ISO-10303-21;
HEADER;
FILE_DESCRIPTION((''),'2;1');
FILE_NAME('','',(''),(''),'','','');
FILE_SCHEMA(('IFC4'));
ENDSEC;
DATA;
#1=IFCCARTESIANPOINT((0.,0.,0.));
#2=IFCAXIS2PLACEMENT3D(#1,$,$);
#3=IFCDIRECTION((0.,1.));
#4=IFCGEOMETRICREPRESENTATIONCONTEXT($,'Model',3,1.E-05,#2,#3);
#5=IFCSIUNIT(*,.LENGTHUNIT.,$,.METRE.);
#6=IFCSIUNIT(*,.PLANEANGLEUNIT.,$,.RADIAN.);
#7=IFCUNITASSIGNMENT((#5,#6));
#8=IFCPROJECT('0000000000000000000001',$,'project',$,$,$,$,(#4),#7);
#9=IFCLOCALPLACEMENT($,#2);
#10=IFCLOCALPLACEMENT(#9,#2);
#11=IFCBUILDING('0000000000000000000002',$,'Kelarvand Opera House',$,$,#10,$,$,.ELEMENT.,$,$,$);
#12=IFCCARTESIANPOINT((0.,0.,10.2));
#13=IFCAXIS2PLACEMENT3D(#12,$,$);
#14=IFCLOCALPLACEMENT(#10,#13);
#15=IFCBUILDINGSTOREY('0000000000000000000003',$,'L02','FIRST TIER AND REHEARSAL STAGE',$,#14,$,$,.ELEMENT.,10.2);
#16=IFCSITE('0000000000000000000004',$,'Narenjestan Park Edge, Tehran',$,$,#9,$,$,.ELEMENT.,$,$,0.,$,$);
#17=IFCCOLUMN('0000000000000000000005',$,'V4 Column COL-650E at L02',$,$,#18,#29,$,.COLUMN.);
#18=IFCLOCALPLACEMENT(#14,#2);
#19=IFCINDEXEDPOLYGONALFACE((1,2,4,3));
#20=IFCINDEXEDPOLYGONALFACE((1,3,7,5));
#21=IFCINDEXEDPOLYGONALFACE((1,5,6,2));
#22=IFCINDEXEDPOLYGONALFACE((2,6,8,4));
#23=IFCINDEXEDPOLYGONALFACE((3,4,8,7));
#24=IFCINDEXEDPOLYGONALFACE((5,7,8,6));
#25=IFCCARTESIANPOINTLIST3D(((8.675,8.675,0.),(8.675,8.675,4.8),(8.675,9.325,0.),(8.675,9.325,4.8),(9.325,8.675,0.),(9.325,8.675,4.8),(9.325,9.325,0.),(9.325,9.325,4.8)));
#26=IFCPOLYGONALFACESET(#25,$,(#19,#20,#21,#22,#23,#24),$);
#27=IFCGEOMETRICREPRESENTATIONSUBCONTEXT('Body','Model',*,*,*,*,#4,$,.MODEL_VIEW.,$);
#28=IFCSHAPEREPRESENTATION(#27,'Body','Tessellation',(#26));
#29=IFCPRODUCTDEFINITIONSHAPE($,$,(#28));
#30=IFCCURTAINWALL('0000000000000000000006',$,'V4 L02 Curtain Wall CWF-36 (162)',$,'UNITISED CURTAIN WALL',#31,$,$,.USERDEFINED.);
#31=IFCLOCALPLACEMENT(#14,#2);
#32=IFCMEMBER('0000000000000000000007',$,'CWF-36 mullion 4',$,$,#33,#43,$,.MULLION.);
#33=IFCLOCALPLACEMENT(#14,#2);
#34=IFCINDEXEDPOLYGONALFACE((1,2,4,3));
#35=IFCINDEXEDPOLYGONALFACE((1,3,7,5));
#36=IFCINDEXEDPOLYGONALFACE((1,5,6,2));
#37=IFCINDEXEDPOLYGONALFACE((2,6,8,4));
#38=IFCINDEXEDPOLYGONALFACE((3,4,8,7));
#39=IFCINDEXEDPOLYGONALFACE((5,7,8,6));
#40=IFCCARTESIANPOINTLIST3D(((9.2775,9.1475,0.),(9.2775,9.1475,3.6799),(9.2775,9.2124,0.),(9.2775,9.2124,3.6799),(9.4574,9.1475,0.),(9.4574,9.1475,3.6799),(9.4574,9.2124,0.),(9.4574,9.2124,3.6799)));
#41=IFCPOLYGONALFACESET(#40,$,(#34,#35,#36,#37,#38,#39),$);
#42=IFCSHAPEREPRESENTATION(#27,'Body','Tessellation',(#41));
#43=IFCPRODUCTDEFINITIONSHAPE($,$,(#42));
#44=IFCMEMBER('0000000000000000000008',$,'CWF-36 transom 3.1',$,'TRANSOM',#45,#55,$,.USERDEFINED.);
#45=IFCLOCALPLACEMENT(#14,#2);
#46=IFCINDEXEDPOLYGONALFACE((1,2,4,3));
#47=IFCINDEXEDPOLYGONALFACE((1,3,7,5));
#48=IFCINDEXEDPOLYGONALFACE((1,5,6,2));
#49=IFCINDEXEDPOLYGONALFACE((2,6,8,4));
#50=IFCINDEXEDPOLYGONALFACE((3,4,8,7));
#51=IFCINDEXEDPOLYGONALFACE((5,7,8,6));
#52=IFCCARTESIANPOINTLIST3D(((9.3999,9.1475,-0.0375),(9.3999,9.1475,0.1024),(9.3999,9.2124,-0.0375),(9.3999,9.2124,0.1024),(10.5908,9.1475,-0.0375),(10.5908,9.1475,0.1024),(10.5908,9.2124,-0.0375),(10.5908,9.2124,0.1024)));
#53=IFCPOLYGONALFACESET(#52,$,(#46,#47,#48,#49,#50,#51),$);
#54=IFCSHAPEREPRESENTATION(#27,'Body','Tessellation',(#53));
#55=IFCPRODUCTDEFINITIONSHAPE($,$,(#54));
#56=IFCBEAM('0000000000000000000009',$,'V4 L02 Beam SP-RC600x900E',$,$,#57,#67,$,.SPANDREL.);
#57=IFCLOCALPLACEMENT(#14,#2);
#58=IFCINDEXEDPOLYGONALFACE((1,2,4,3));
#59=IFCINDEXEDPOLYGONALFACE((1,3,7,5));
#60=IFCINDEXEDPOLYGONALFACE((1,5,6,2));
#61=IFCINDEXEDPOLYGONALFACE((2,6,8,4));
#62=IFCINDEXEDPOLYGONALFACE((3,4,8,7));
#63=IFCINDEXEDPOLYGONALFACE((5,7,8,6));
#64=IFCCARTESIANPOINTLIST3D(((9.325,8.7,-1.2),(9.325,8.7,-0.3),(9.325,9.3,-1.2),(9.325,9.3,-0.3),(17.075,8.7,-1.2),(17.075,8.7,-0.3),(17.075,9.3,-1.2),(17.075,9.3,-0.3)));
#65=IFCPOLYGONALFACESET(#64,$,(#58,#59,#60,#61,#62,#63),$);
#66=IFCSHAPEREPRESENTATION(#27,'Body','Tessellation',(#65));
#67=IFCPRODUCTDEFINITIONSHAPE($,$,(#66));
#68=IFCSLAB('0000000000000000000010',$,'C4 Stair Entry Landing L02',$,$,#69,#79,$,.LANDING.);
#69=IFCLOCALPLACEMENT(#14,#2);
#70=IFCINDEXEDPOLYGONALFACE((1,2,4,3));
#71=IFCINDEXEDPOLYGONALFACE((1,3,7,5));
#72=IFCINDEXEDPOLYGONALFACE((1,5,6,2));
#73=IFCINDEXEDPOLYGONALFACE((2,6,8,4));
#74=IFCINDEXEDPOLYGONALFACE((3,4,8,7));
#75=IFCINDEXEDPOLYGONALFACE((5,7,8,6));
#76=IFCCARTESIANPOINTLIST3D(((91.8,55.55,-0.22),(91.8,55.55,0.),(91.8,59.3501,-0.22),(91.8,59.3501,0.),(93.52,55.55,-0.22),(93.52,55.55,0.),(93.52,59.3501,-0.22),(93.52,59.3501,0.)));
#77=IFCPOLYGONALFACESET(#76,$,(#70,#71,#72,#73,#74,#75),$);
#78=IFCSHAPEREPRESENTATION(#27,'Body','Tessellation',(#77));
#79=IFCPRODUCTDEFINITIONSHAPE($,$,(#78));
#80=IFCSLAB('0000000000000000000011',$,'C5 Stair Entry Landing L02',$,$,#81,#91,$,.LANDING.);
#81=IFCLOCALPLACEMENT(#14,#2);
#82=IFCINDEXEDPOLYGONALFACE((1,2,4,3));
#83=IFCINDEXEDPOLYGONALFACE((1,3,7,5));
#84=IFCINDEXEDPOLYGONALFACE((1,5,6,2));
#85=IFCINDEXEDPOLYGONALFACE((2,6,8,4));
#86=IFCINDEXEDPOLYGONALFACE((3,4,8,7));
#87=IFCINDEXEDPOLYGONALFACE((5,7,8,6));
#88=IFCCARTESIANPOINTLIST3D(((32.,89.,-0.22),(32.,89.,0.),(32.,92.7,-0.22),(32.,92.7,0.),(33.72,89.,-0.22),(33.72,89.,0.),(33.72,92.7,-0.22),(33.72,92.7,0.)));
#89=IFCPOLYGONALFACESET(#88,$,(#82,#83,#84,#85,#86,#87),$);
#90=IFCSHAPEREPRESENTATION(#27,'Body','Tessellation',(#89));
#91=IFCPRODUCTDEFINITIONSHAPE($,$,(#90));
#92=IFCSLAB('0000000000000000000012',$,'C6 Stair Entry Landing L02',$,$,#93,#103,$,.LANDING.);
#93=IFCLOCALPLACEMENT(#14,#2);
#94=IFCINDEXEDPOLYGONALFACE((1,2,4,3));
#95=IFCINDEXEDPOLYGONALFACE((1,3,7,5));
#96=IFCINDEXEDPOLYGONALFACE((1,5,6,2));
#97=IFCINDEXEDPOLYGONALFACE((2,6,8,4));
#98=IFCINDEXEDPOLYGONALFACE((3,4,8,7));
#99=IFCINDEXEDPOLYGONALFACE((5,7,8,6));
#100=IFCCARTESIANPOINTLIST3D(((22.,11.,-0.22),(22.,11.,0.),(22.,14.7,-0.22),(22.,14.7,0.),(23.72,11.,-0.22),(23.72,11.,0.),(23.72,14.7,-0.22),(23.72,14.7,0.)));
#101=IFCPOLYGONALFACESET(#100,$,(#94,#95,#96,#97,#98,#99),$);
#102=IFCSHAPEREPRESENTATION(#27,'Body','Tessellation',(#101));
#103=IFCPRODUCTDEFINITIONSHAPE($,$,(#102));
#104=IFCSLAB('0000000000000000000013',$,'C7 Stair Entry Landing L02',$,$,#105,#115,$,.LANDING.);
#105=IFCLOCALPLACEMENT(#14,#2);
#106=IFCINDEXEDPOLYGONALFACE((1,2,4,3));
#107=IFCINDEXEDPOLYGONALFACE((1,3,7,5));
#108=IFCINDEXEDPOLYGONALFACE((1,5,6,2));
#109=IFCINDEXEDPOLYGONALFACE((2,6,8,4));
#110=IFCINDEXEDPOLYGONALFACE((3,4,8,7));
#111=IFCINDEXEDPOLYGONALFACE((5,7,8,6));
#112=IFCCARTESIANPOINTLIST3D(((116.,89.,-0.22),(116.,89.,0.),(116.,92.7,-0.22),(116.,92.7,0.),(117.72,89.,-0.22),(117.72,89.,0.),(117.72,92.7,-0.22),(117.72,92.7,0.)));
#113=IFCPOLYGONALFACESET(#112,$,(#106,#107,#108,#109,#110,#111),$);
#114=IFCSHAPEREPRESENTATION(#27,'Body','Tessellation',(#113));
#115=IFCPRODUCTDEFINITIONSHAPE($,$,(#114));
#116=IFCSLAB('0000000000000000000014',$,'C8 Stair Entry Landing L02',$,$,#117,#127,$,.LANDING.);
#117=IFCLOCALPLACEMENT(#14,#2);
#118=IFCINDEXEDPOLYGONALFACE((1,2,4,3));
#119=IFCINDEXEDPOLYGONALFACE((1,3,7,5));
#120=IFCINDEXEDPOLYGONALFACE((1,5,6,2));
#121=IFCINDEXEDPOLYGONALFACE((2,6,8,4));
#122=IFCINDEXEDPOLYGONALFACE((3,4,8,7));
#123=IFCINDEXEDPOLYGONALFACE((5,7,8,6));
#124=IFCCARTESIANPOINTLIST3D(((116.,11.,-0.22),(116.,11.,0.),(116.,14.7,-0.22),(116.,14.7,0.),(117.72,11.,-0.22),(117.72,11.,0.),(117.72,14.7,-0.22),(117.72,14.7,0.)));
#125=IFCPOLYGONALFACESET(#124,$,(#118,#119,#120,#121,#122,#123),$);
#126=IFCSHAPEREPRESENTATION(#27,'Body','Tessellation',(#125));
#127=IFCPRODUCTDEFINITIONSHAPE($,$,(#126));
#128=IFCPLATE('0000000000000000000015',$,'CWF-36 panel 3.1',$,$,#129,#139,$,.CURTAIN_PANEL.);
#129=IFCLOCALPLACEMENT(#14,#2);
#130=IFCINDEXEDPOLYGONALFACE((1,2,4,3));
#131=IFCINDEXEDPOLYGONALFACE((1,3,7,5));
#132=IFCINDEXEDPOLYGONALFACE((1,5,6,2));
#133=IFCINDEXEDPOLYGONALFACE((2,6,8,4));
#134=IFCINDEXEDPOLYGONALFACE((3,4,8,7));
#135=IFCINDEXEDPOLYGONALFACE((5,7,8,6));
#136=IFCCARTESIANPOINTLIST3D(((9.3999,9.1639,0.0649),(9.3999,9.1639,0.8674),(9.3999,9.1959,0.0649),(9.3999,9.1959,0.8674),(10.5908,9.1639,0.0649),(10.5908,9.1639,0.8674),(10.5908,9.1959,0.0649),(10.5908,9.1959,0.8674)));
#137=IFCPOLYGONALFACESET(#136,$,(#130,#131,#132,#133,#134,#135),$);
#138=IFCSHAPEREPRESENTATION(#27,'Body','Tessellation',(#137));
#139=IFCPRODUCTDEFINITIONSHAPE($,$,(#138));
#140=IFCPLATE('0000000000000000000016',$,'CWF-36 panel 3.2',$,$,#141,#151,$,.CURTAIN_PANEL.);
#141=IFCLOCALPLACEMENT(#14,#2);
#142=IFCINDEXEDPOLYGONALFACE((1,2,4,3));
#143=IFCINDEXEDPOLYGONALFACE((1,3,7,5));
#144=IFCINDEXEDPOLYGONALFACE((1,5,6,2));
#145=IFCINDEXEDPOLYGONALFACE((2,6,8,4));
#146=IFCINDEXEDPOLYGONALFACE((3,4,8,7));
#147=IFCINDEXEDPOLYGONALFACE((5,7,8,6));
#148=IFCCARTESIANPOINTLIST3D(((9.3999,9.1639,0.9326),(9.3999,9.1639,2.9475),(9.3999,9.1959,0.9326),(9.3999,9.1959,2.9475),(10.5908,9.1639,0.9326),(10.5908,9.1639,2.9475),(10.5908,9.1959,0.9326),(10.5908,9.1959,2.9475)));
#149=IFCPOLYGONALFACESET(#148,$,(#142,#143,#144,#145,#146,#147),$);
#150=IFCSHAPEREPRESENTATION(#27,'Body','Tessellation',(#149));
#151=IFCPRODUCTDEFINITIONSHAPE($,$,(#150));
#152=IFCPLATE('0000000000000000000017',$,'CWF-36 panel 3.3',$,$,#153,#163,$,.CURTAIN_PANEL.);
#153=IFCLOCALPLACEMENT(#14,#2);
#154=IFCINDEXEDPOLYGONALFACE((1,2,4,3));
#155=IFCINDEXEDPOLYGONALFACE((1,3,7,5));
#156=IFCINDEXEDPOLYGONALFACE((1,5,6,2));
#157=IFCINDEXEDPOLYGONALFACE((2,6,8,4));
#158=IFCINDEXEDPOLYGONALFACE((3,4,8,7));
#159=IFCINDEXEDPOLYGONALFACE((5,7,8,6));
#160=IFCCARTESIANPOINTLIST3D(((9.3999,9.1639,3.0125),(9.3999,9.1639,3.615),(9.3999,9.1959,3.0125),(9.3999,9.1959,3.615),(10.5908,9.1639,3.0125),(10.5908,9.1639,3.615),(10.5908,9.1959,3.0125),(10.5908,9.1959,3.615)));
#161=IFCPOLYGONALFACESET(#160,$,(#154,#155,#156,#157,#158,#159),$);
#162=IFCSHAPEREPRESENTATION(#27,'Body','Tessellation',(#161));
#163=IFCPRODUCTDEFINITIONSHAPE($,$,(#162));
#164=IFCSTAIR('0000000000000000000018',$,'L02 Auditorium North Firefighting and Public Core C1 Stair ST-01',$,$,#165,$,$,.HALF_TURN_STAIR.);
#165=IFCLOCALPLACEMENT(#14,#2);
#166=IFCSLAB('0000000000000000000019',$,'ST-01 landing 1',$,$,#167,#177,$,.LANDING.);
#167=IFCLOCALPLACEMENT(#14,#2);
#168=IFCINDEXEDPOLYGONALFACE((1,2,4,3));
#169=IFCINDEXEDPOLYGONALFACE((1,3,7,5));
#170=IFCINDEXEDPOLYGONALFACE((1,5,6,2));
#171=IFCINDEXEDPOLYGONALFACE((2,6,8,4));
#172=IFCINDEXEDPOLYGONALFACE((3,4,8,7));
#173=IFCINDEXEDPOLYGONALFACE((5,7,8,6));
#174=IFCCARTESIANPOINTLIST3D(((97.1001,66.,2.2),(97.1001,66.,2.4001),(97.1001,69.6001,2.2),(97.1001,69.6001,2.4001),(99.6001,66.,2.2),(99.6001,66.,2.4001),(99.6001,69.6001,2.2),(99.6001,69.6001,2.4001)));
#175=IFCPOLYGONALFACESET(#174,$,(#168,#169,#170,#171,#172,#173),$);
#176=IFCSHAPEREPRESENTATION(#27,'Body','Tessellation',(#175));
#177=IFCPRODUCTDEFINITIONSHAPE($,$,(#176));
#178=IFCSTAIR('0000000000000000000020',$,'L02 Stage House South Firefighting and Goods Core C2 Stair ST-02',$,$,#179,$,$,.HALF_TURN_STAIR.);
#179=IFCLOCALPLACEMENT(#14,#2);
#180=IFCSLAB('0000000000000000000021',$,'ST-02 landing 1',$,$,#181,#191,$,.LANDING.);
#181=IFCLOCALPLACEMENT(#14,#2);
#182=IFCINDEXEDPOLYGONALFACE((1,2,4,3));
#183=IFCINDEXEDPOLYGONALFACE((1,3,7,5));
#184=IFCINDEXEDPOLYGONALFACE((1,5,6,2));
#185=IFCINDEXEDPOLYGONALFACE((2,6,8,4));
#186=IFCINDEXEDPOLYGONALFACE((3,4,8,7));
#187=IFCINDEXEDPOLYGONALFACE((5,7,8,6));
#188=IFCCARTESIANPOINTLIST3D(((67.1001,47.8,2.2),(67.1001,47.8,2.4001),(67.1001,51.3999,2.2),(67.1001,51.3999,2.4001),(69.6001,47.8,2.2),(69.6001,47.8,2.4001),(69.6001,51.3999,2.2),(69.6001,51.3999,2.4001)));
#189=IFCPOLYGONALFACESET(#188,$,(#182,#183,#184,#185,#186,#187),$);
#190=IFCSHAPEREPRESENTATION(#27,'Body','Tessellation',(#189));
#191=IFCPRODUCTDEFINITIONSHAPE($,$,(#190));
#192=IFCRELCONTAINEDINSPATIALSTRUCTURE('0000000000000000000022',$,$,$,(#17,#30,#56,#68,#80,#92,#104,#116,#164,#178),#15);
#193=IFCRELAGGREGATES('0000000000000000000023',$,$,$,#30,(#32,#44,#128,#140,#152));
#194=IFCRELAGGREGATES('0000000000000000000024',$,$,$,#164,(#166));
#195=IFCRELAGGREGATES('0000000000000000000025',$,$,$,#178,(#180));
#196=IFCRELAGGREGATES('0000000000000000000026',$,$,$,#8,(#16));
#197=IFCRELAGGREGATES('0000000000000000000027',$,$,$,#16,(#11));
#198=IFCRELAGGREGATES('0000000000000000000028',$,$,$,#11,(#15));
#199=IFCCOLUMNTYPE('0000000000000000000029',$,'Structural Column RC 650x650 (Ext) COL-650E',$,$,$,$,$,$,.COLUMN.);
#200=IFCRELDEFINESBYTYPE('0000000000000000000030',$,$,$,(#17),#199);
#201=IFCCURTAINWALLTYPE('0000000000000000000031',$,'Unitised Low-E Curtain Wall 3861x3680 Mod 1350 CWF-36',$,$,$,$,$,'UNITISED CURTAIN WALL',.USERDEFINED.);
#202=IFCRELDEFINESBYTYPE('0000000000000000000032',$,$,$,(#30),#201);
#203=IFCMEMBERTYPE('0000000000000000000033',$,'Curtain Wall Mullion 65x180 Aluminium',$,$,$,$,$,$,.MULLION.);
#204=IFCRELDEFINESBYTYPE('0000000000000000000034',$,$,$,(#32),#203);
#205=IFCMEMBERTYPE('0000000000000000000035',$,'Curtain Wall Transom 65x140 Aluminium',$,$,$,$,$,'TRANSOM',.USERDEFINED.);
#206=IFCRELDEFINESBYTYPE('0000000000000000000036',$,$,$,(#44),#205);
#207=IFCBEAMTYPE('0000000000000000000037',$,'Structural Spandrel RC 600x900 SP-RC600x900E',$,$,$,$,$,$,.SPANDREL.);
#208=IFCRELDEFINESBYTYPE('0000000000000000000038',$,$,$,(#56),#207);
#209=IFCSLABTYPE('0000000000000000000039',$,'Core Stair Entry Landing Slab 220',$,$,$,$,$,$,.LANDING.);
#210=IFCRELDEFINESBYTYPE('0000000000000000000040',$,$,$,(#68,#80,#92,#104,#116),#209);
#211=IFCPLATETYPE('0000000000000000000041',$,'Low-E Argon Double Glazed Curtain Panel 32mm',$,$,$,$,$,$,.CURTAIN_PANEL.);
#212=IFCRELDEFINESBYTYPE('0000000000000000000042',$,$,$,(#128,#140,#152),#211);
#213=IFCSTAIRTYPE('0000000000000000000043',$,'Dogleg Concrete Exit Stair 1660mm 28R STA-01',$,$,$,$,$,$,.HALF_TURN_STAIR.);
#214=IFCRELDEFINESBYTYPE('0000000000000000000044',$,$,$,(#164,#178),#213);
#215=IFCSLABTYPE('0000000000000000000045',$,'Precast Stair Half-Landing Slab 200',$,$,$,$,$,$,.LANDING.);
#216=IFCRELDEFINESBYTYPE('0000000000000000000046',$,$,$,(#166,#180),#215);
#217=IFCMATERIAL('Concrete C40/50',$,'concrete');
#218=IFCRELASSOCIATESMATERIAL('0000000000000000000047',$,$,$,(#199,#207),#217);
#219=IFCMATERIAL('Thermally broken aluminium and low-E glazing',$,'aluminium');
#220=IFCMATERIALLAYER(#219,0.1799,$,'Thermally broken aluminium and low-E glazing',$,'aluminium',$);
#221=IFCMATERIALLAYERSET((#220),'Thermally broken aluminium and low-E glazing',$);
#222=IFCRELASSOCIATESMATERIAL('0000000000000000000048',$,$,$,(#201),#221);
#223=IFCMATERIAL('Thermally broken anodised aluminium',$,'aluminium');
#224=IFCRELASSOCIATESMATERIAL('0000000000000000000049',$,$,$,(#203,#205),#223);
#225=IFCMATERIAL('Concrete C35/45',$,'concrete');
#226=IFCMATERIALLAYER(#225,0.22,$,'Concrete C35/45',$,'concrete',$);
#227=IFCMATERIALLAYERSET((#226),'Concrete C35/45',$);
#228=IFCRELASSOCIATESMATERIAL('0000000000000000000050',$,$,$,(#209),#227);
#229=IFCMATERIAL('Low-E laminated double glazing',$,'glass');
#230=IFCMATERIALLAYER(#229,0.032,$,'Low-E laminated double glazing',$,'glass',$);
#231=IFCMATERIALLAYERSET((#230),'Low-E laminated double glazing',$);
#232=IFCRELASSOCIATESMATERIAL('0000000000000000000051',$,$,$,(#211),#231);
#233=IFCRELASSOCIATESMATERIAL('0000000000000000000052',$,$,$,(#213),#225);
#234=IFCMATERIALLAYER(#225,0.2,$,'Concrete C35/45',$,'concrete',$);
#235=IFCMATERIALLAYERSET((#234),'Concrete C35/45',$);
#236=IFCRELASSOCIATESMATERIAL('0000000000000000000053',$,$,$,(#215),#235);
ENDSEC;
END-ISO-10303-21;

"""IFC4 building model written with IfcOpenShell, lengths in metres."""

from ifc_helpers import new_model, si_unit, direction, frame, origin, origin_2d, place, context, subcontext, project, spatial, polyline, rectangle, outline, extrude, material, layer, layer_set, material_profile, profile_set, type_object, element, aggregate, save


model = new_model("IFC4")

# Units and contexts
model_context = context("Model", 3, precision=1e-05, world=origin(), true_north=direction((0.0, 1.0)))
body_context = subcontext(model_context, "Body", "Model", "MODEL_VIEW")
ifc_project = project(units=[si_unit("LENGTHUNIT", "METRE"), si_unit("PLANEANGLEUNIT", "RADIAN")], contexts=[model_context])

# Site, building, storey
site_placement = place(None, origin())
site = spatial("IfcSite", under=ifc_project, at=site_placement, Name="Narenjestan Park Edge, Tehran", CompositionType="ELEMENT", RefElevation=0.0)
building_placement = place(site_placement, origin())
building = spatial("IfcBuilding", under=site, at=building_placement, Name="Kelarvand Opera House", CompositionType="ELEMENT")
storey_placement = place(building_placement, frame((0.0, 0.0, 10.2)))
storey = spatial("IfcBuildingStorey", under=building, at=storey_placement, Name="L02", Description="FIRST TIER AND REHEARSAL STAGE", CompositionType="ELEMENT", Elevation=10.2)

# Column
ifc_material_1 = material(Name="Concrete C40/50", Category="concrete")
ifc_material_profile_1 = material_profile(ifc_material_1, rectangle(XDim=0.6499, YDim=0.6499, at=origin_2d()), Name="RC 650x650", Category="concrete")
ifc_profile_set_1 = profile_set([ifc_material_profile_1], Name="Concrete C40/50")
column_type = type_object("IfcColumnType", Name="Structural Column RC 650x650 (Ext) COL-650E", PredefinedType="COLUMN", material=ifc_profile_set_1)
column_placement = place(storey_placement, frame((9.0, 9.0, 0.0), z_axis=(0.0, 0.0, 1.0), x_axis=(1.0, 0.0, 0.0)))
element("IfcColumn", 1, at=column_placement, inside=storey, type_object=column_type, Name="V4 Column COL-650E at L02", PredefinedType="COLUMN", context=body_context, shape_type="SweptSolid", body=[
    extrude(rectangle(XDim=0.6499, YDim=0.6499, at=origin_2d()), origin(), (0.0, 0.0, 1.0), 4.8),
])

# Curtain wall, members
ifc_material_2 = material(Name="Thermally broken aluminium and low-E glazing", Category="aluminium")
ifc_layer_1 = layer(ifc_material_2, 0.1799, Name="Thermally broken aluminium and low-E glazing", Category="aluminium")
ifc_layer_set_1 = layer_set([ifc_layer_1], Name="Thermally broken aluminium and low-E glazing")
curtain_wall_type = type_object("IfcCurtainWallType", Name="Unitised Low-E Curtain Wall 3861x3680 Mod 1350 CWF-36", ElementType="UNITISED CURTAIN WALL", PredefinedType="USERDEFINED", material=ifc_layer_set_1)
curtain_wall_placement = place(storey_placement, origin())
curtain_wall = element("IfcCurtainWall", 2, at=curtain_wall_placement, inside=storey, type_object=curtain_wall_type, Name="V4 L02 Curtain Wall CWF-36 (162)", ObjectType="UNITISED CURTAIN WALL", PredefinedType="USERDEFINED")
ifc_material_3 = material(Name="Thermally broken anodised aluminium", Category="aluminium")
ifc_material_profile_2 = material_profile(ifc_material_3, rectangle(XDim=0.0649, YDim=0.1799, at=origin_2d()), Name="ALU MULLION 65x180", Category="aluminium")
ifc_profile_set_2 = profile_set([ifc_material_profile_2], Name="Thermally broken anodised aluminium")
member_type_1 = type_object("IfcMemberType", Name="Curtain Wall Mullion 65x180 Aluminium", PredefinedType="MULLION", material=ifc_profile_set_2)
member_1_placement = place(storey_placement, frame((9.3674, 9.1799, 0.0), z_axis=(0.0, 0.0, 1.0), x_axis=(0.0, -1.0, 0.0)))
member_1 = element("IfcMember", 3, at=member_1_placement, type_object=member_type_1, Name="CWF-36 mullion 4", PredefinedType="MULLION", context=body_context, shape_type="SweptSolid", body=[
    extrude(rectangle(XDim=0.0649, YDim=0.1799, at=origin_2d()), origin(), (0.0, 0.0, 1.0), 3.6799),
])
ifc_material_profile_3 = material_profile(ifc_material_3, rectangle(XDim=0.0649, YDim=0.1399, at=origin_2d()), Name="ALU TRANSOM 65x140", Category="aluminium")
ifc_profile_set_3 = profile_set([ifc_material_profile_3], Name="Thermally broken anodised aluminium")
member_type_2 = type_object("IfcMemberType", Name="Curtain Wall Transom 65x140 Aluminium", ElementType="TRANSOM", PredefinedType="USERDEFINED", material=ifc_profile_set_3)
member_2_placement = place(storey_placement, frame((10.5908, 9.1799, 0.0325), z_axis=(-1.0, 0.0, 0.0), x_axis=(0.0, -1.0, 0.0)))
member_2 = element("IfcMember", 4, at=member_2_placement, type_object=member_type_2, Name="CWF-36 transom 3.1", ObjectType="TRANSOM", PredefinedType="USERDEFINED", context=body_context, shape_type="SweptSolid", body=[
    extrude(rectangle(XDim=0.0649, YDim=0.1399, at=origin_2d()), origin(), (0.0, 0.0, 1.0), 1.1909),
])

# Beam
ifc_material_profile_4 = material_profile(ifc_material_1, rectangle(XDim=0.6001, YDim=0.8999, at=origin_2d()), Name="RC 600x900", Category="concrete")
ifc_profile_set_4 = profile_set([ifc_material_profile_4], Name="Concrete C40/50")
beam_type = type_object("IfcBeamType", Name="Structural Spandrel RC 600x900 SP-RC600x900E", PredefinedType="SPANDREL", material=ifc_profile_set_4)
beam_placement = place(storey_placement, frame((9.325, 9.0, -0.75), z_axis=(1.0, 0.0, 0.0), x_axis=(0.0, 1.0, 0.0)))
element("IfcBeam", 5, at=beam_placement, inside=storey, type_object=beam_type, Name="V4 L02 Beam SP-RC600x900E", PredefinedType="SPANDREL", context=body_context, shape_type="SweptSolid", body=[
    extrude(rectangle(XDim=0.6001, YDim=0.8999, at=origin_2d()), origin(), (0.0, 0.0, 1.0), 7.75),
])

# Slabs
ifc_material_4 = material(Name="Concrete C35/45", Category="concrete")
ifc_layer_2 = layer(ifc_material_4, 0.22, Name="Concrete C35/45", Category="concrete")
ifc_layer_set_2 = layer_set([ifc_layer_2], Name="Concrete C35/45")
slab_type_1 = type_object("IfcSlabType", Name="Core Stair Entry Landing Slab 220", PredefinedType="LANDING", material=ifc_layer_set_2)
slab_1_placement = place(storey_placement, frame((0.0, 0.0, -0.22)))
element("IfcSlab", 6, at=slab_1_placement, inside=storey, type_object=slab_type_1, Name="C4 Stair Entry Landing L02", PredefinedType="LANDING", context=body_context, shape_type="SweptSolid", body=[
    extrude(outline(polyline([(91.8, 55.55), (93.52, 55.55), (93.52, 59.3501), (91.8, 59.3501), (91.8, 55.55)])), origin(), (0.0, 0.0, 1.0), 0.22),
])
slab_2_placement = place(storey_placement, frame((0.0, 0.0, -0.22)))
element("IfcSlab", 7, at=slab_2_placement, inside=storey, type_object=slab_type_1, Name="C5 Stair Entry Landing L02", PredefinedType="LANDING", context=body_context, shape_type="SweptSolid", body=[
    extrude(outline(polyline([(32.0, 89.0), (33.72, 89.0), (33.72, 92.7), (32.0, 92.7), (32.0, 89.0)])), origin(), (0.0, 0.0, 1.0), 0.22),
])
slab_3_placement = place(storey_placement, frame((0.0, 0.0, -0.22)))
element("IfcSlab", 8, at=slab_3_placement, inside=storey, type_object=slab_type_1, Name="C6 Stair Entry Landing L02", PredefinedType="LANDING", context=body_context, shape_type="SweptSolid", body=[
    extrude(outline(polyline([(22.0, 11.0), (23.72, 11.0), (23.72, 14.7), (22.0, 14.7), (22.0, 11.0)])), origin(), (0.0, 0.0, 1.0), 0.22),
])
slab_4_placement = place(storey_placement, frame((0.0, 0.0, -0.22)))
element("IfcSlab", 9, at=slab_4_placement, inside=storey, type_object=slab_type_1, Name="C7 Stair Entry Landing L02", PredefinedType="LANDING", context=body_context, shape_type="SweptSolid", body=[
    extrude(outline(polyline([(116.0, 89.0), (117.72, 89.0), (117.72, 92.7), (116.0, 92.7), (116.0, 89.0)])), origin(), (0.0, 0.0, 1.0), 0.22),
])
slab_5_placement = place(storey_placement, frame((0.0, 0.0, -0.22)))
element("IfcSlab", 10, at=slab_5_placement, inside=storey, type_object=slab_type_1, Name="C8 Stair Entry Landing L02", PredefinedType="LANDING", context=body_context, shape_type="SweptSolid", body=[
    extrude(outline(polyline([(116.0, 11.0), (117.72, 11.0), (117.72, 14.7), (116.0, 14.7), (116.0, 11.0)])), origin(), (0.0, 0.0, 1.0), 0.22),
])

# Plates
ifc_material_5 = material(Name="Low-E laminated double glazing", Category="glass")
ifc_layer_3 = layer(ifc_material_5, 0.032, Name="Low-E laminated double glazing", Category="glass")
ifc_layer_set_3 = layer_set([ifc_layer_3], Name="Low-E laminated double glazing")
plate_type = type_object("IfcPlateType", Name="Low-E Argon Double Glazed Curtain Panel 32mm", PredefinedType="CURTAIN_PANEL", material=ifc_layer_set_3)
plate_1_placement = place(storey_placement, frame((9.9954, 9.1799, 0.0649), z_axis=(0.0, 0.0, 1.0), x_axis=(-1.0, 0.0, 0.0)))
plate_1 = element("IfcPlate", 11, at=plate_1_placement, type_object=plate_type, Name="CWF-36 panel 3.1", PredefinedType="CURTAIN_PANEL", context=body_context, shape_type="SweptSolid", body=[
    extrude(rectangle(XDim=1.1909, YDim=0.032, at=origin_2d()), origin(), (0.0, 0.0, 1.0), 0.8025),
])
plate_2_placement = place(storey_placement, frame((9.9954, 9.1799, 0.9326), z_axis=(0.0, 0.0, 1.0), x_axis=(-1.0, 0.0, 0.0)))
plate_2 = element("IfcPlate", 12, at=plate_2_placement, type_object=plate_type, Name="CWF-36 panel 3.2", PredefinedType="CURTAIN_PANEL", context=body_context, shape_type="SweptSolid", body=[
    extrude(rectangle(XDim=1.1909, YDim=0.032, at=origin_2d()), origin(), (0.0, 0.0, 1.0), 2.0149),
])
plate_3_placement = place(storey_placement, frame((9.9954, 9.1799, 3.0125), z_axis=(0.0, 0.0, 1.0), x_axis=(-1.0, 0.0, 0.0)))
plate_3 = element("IfcPlate", 13, at=plate_3_placement, type_object=plate_type, Name="CWF-36 panel 3.3", PredefinedType="CURTAIN_PANEL", context=body_context, shape_type="SweptSolid", body=[
    extrude(rectangle(XDim=1.1909, YDim=0.032, at=origin_2d()), origin(), (0.0, 0.0, 1.0), 0.6025),
])
aggregate(curtain_wall, [member_1, member_2, plate_1, plate_2, plate_3])

# Stairs, slabs
stair_type = type_object("IfcStairType", Name="Dogleg Concrete Exit Stair 1660mm 28R STA-01", PredefinedType="HALF_TURN_STAIR", material=ifc_material_4)
stair_1_placement = place(storey_placement, origin())
stair_1 = element("IfcStair", 14, at=stair_1_placement, inside=storey, type_object=stair_type, Name="L02 Auditorium North Firefighting and Public Core C1 Stair ST-01", PredefinedType="HALF_TURN_STAIR")
ifc_layer_4 = layer(ifc_material_4, 0.2, Name="Concrete C35/45", Category="concrete")
ifc_layer_set_4 = layer_set([ifc_layer_4], Name="Concrete C35/45")
slab_type_2 = type_object("IfcSlabType", Name="Precast Stair Half-Landing Slab 200", PredefinedType="LANDING", material=ifc_layer_set_4)
slab_6_placement = place(storey_placement, frame((0.0, 0.0, 2.2)))
slab_6 = element("IfcSlab", 15, at=slab_6_placement, type_object=slab_type_2, Name="ST-01 landing 1", PredefinedType="LANDING", context=body_context, shape_type="SweptSolid", body=[
    extrude(outline(polyline([(97.1001, 66.0), (99.6001, 66.0), (99.6001, 69.6001), (97.1001, 69.6001), (97.1001, 66.0)])), origin(), (0.0, 0.0, 1.0), 0.2002),
])
aggregate(stair_1, [slab_6])
stair_2_placement = place(storey_placement, origin())
stair_2 = element("IfcStair", 16, at=stair_2_placement, inside=storey, type_object=stair_type, Name="L02 Stage House South Firefighting and Goods Core C2 Stair ST-02", PredefinedType="HALF_TURN_STAIR")
slab_7_placement = place(storey_placement, frame((0.0, 0.0, 2.2)))
slab_7 = element("IfcSlab", 17, at=slab_7_placement, type_object=slab_type_2, Name="ST-02 landing 1", PredefinedType="LANDING", context=body_context, shape_type="SweptSolid", body=[
    extrude(outline(polyline([(67.1001, 47.8), (69.6001, 47.8), (69.6001, 51.3999), (67.1001, 51.3999), (67.1001, 47.8)])), origin(), (0.0, 0.0, 1.0), 0.2002),
])
aggregate(stair_2, [slab_7])

save(model, "model.ifc")
